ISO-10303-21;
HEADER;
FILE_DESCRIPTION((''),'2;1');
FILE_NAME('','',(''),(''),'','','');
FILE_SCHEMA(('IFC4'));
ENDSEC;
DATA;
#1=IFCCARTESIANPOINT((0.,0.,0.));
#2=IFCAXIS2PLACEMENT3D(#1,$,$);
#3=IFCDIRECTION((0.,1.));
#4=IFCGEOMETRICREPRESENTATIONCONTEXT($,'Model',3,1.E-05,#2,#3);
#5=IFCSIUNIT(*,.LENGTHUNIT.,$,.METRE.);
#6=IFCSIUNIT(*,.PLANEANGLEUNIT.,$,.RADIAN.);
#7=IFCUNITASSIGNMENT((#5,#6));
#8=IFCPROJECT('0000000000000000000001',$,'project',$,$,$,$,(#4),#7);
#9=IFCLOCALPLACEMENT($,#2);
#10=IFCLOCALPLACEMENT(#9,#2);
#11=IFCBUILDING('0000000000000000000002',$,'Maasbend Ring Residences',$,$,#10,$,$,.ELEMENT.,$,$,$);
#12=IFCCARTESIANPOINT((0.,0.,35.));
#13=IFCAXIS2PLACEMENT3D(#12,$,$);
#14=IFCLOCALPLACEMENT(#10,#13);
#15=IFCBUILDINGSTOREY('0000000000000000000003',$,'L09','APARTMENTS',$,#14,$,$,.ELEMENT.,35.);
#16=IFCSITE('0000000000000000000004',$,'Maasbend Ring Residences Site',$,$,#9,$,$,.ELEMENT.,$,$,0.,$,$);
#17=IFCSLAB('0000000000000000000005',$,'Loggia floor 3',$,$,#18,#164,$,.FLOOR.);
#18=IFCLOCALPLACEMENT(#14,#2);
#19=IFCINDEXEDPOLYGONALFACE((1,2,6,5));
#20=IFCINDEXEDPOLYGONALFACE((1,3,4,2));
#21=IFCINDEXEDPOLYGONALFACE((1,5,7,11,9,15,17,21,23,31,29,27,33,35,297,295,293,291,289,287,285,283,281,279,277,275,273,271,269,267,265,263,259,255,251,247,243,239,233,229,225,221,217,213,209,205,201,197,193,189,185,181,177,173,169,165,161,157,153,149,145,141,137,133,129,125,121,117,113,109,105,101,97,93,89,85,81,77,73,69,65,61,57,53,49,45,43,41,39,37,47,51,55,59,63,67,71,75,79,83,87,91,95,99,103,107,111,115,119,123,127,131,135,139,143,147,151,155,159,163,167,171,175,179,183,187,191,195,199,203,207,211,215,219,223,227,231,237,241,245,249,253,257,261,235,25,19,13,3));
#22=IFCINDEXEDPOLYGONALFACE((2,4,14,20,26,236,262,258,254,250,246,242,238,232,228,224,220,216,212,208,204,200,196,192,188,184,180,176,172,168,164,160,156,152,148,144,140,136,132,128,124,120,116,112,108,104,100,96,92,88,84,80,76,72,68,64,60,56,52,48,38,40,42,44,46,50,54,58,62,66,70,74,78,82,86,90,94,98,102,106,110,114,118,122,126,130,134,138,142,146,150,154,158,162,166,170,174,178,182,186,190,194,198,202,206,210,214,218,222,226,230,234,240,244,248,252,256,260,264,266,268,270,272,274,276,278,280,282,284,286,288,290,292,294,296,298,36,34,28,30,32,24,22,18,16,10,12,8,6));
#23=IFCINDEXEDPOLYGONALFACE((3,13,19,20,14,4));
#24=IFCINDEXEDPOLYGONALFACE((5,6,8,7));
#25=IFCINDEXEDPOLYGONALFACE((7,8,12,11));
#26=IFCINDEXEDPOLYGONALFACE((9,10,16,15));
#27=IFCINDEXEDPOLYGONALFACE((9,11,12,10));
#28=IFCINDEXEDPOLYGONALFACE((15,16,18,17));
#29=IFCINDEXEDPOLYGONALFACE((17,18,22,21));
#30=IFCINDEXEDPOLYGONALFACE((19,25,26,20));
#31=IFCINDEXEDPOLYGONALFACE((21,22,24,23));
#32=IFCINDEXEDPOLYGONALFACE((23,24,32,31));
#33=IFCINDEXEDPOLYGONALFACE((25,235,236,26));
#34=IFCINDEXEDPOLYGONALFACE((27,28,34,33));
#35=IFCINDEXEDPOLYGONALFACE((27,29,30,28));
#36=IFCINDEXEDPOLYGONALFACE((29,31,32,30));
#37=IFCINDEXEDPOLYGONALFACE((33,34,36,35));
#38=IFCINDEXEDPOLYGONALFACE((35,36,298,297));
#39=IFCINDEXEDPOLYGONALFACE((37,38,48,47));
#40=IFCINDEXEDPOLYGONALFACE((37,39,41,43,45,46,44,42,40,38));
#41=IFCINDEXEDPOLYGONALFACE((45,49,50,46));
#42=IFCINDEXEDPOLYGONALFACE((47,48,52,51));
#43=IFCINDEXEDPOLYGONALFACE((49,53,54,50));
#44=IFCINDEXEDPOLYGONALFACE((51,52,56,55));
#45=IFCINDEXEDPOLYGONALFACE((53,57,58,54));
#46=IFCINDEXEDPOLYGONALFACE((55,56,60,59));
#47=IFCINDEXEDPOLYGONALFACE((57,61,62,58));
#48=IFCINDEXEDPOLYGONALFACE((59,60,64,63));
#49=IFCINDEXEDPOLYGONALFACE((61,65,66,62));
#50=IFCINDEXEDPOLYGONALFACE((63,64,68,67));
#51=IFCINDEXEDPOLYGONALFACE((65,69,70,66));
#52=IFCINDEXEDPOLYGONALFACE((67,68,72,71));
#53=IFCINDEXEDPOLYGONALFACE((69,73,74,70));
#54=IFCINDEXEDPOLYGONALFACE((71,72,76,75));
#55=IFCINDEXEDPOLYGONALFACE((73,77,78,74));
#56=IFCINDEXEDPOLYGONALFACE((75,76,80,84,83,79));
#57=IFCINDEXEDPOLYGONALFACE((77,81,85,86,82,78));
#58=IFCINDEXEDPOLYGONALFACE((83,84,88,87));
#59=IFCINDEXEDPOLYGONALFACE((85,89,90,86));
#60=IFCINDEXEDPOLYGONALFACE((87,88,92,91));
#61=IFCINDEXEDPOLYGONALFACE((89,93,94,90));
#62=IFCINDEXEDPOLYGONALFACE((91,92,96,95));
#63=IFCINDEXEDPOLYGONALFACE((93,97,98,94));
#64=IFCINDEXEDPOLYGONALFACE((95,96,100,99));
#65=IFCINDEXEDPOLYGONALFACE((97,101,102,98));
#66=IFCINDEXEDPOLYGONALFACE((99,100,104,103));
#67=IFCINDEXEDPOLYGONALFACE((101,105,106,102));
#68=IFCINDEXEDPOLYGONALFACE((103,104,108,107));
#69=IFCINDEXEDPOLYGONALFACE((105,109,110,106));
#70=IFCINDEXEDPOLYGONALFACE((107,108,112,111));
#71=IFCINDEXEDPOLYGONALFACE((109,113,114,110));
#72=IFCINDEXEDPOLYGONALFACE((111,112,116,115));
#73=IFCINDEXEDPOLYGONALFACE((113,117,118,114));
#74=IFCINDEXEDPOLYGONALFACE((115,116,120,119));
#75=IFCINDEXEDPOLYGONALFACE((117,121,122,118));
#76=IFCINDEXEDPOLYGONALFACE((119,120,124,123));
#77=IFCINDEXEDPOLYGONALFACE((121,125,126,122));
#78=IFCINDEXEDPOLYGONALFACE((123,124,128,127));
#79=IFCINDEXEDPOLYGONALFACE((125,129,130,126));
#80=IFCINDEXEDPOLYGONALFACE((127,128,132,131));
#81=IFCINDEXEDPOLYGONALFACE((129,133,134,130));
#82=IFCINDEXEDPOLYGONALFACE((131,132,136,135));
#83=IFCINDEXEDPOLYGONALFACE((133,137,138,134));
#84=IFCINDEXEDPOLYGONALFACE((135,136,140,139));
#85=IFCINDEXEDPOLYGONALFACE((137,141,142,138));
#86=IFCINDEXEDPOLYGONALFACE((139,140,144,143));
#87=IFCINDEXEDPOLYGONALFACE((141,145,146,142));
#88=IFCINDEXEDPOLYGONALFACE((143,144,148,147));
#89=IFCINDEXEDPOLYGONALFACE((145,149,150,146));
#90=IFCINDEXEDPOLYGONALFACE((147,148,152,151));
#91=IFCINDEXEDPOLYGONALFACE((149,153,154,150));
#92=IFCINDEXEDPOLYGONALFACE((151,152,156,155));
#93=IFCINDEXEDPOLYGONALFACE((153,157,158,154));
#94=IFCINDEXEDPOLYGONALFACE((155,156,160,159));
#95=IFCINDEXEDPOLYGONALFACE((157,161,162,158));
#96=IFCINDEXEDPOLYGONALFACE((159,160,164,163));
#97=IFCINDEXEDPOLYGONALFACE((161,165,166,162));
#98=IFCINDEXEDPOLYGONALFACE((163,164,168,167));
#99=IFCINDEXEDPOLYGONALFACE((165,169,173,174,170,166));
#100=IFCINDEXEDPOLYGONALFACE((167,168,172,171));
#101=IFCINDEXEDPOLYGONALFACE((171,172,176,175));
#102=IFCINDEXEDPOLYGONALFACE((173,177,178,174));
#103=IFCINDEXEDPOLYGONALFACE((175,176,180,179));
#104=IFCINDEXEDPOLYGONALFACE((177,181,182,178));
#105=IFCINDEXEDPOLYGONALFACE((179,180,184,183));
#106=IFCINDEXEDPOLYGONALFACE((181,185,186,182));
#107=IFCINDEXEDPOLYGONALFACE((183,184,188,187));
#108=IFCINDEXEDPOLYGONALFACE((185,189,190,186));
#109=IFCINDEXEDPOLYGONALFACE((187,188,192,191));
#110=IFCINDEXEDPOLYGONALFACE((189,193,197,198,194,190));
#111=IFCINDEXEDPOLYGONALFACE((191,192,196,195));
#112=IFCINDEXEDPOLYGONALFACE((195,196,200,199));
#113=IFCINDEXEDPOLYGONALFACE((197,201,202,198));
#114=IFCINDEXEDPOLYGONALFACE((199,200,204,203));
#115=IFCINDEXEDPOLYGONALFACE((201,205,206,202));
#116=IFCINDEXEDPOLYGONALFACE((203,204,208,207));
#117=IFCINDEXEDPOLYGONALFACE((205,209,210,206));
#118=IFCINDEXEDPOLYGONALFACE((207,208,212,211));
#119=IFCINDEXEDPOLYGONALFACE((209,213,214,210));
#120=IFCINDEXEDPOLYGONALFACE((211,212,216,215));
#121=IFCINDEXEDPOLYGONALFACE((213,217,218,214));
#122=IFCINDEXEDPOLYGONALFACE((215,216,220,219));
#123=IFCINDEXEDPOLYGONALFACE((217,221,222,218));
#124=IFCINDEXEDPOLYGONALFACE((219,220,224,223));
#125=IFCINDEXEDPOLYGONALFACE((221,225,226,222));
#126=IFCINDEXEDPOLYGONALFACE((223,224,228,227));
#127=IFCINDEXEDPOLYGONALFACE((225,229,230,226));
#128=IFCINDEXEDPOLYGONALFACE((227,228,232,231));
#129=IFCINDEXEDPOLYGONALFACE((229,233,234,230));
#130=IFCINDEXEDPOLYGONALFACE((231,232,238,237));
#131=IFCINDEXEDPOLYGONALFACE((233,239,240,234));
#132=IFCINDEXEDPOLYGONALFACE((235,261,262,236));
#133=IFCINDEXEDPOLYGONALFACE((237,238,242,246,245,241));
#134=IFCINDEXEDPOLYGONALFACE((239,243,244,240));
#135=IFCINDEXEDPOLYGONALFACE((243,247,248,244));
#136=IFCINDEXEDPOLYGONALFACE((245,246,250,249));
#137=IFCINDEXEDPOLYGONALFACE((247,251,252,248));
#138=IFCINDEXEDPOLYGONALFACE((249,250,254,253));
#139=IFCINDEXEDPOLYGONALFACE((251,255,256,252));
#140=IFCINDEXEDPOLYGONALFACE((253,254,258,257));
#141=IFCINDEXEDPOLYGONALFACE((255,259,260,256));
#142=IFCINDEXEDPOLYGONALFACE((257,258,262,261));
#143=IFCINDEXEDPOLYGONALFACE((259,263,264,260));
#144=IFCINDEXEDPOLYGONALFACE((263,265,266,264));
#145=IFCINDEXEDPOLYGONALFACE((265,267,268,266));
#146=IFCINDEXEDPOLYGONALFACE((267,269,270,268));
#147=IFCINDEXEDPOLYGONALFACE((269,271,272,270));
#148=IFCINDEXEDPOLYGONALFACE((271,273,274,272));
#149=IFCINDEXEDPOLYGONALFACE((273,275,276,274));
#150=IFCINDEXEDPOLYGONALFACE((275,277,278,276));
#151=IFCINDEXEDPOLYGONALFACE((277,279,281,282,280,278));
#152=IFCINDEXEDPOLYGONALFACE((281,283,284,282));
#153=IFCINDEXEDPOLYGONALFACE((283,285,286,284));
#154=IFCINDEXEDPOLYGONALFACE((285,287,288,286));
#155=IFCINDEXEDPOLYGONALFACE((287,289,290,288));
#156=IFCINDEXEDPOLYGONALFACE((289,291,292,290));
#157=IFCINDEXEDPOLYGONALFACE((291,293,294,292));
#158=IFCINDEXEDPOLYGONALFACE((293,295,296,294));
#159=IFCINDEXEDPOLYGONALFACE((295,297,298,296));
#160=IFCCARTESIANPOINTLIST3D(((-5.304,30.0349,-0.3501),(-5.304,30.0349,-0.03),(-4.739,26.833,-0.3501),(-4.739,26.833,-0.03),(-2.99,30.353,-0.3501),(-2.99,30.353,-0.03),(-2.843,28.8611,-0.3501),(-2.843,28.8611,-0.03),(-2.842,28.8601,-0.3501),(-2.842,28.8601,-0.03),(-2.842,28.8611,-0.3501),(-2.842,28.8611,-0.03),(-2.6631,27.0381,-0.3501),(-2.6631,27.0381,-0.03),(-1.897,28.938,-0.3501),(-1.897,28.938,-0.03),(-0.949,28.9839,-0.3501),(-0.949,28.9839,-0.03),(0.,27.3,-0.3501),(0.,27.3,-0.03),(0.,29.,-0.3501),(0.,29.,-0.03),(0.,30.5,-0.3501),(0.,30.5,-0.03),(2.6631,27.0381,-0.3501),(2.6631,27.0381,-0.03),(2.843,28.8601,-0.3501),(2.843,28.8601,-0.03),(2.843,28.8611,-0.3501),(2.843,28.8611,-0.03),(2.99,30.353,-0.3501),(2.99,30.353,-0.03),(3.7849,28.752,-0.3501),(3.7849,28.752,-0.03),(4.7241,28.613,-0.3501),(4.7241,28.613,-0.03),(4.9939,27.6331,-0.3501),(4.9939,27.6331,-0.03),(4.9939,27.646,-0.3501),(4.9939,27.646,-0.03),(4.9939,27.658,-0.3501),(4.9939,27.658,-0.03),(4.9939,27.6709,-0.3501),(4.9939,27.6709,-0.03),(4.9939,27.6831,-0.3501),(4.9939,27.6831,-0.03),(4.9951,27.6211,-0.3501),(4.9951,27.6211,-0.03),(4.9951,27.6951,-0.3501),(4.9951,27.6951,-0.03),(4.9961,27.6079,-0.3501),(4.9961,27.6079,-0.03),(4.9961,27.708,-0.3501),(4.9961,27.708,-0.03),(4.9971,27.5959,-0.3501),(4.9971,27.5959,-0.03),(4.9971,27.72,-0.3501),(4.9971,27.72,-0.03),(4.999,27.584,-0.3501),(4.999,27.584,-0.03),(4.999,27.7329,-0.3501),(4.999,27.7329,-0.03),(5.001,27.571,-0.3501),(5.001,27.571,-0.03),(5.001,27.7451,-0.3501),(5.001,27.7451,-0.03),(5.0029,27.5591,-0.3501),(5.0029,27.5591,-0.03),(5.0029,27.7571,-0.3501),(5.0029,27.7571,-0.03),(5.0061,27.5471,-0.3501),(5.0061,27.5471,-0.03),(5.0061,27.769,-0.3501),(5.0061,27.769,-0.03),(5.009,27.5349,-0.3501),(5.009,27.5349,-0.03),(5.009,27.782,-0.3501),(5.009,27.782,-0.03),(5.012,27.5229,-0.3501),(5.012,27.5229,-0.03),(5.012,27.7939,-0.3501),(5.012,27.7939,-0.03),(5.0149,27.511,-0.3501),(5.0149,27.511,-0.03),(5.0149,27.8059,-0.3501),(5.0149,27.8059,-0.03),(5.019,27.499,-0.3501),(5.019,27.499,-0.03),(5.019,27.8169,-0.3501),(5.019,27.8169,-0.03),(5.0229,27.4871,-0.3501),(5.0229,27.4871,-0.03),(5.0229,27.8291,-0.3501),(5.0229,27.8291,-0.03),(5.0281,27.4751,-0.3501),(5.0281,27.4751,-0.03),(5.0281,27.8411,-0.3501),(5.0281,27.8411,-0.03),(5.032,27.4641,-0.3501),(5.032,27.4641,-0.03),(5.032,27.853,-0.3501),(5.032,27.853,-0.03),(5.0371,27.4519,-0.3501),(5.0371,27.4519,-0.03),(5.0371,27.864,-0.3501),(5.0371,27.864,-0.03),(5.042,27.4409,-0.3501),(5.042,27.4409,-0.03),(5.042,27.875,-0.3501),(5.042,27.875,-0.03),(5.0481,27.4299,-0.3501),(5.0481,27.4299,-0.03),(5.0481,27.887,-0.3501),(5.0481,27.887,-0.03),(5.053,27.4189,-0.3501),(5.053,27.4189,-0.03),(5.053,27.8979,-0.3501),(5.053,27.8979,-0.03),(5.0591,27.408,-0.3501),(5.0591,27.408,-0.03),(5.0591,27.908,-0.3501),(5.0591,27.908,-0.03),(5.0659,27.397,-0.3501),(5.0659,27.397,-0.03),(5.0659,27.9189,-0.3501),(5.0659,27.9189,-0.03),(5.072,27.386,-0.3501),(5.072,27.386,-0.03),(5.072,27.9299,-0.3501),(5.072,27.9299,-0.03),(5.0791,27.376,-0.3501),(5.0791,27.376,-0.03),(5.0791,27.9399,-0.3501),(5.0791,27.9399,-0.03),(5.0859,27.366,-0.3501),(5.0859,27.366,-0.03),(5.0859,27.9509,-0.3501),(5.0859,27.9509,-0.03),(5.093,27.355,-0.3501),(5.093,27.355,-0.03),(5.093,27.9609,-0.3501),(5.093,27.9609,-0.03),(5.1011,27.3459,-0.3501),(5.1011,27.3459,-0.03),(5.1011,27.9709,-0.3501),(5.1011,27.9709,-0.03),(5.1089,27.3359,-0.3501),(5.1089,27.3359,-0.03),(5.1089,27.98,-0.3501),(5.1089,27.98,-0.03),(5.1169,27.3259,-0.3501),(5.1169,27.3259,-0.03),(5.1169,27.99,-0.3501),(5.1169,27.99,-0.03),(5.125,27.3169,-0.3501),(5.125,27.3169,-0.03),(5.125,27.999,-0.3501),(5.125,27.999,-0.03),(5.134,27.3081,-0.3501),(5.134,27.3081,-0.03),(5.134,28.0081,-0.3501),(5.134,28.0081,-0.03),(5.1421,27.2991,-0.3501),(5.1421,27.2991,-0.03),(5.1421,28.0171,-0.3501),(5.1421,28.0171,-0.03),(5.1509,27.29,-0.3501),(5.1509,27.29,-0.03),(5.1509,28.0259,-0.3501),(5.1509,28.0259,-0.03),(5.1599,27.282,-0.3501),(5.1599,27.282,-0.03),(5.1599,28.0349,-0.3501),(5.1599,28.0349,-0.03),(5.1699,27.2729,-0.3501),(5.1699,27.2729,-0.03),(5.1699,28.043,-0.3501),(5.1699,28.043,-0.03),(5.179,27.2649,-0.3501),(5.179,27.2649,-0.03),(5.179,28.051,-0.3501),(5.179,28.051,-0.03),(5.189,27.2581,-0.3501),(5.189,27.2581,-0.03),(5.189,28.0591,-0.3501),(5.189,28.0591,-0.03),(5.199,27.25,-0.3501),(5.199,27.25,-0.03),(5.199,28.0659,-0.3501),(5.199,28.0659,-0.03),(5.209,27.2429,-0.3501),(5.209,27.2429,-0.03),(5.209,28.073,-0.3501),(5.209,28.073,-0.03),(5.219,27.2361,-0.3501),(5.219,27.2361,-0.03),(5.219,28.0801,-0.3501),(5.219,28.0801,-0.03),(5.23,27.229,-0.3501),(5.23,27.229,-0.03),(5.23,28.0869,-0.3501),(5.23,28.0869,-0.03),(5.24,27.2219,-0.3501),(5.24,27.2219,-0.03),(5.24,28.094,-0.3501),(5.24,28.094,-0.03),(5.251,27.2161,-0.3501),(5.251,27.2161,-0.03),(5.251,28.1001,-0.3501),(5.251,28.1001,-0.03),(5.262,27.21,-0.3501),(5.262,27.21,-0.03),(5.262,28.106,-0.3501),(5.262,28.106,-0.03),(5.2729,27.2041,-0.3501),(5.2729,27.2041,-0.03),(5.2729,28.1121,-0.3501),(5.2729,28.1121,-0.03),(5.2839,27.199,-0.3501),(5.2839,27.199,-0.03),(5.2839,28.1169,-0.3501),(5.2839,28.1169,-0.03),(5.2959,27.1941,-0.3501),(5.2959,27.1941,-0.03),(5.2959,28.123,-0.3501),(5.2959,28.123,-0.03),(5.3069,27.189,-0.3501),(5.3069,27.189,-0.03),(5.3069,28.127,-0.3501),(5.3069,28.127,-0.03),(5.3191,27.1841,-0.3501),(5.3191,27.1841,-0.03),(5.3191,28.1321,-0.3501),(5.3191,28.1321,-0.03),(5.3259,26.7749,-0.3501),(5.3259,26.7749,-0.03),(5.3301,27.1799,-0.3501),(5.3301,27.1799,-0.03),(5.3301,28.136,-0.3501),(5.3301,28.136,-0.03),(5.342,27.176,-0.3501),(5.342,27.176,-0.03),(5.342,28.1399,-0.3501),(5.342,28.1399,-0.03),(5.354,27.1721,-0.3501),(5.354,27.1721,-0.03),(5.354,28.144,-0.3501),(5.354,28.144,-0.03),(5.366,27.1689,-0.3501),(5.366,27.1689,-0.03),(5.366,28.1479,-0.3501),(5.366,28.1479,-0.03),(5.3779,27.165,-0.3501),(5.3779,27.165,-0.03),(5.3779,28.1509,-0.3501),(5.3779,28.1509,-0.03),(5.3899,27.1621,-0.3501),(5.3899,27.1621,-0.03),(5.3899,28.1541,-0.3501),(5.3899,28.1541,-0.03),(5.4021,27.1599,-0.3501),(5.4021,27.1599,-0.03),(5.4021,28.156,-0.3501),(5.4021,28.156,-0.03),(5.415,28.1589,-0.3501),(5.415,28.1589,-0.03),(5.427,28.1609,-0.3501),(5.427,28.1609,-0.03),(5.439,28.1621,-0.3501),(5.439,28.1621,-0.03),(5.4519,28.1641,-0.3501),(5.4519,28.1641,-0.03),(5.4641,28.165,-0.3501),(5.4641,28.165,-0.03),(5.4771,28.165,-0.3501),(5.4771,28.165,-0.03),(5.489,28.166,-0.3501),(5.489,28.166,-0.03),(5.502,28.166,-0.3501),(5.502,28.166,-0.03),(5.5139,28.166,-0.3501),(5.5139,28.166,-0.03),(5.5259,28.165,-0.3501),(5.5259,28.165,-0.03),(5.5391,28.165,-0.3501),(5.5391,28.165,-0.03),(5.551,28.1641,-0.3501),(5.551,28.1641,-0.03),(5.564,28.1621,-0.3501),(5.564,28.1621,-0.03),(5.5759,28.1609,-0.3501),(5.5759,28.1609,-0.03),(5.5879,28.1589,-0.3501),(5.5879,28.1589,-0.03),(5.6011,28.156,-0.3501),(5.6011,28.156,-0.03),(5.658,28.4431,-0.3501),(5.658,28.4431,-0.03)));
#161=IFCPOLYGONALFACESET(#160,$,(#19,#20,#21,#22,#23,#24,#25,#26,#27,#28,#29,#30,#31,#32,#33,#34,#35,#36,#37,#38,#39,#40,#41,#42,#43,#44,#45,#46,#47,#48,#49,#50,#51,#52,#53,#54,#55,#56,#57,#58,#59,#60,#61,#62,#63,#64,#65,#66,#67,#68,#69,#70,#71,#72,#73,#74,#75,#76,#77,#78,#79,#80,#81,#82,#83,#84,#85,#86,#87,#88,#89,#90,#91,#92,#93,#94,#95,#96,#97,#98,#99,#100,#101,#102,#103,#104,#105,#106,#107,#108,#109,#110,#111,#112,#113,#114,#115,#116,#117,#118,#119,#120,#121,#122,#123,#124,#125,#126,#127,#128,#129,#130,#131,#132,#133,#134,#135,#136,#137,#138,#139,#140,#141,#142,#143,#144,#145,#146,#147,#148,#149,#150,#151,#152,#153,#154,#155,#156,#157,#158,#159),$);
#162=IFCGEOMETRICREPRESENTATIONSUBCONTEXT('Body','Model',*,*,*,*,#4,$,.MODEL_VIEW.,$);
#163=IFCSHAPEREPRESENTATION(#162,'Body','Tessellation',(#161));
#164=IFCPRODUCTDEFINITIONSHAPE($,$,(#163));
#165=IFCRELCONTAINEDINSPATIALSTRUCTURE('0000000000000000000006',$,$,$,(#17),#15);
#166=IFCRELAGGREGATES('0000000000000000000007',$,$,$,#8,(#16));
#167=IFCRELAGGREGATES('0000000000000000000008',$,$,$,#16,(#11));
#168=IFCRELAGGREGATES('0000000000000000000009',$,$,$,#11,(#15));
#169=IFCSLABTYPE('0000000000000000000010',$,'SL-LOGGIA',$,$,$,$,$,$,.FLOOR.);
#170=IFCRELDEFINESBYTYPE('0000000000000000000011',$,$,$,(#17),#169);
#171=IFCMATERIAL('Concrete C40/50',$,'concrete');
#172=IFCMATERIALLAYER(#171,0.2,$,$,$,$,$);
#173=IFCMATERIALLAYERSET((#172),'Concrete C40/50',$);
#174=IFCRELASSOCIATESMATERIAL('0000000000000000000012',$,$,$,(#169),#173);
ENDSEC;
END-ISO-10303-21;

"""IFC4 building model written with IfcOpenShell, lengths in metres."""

from ifc_helpers import new_model, si_unit, direction, frame, origin, place, context, subcontext, project, spatial, polyline, outline, extrude, material, layer, layer_set, type_object, element, save


model = new_model("IFC4")

# Units and contexts
model_context = context("Model", 3, precision=1e-05, world=origin(), true_north=direction((0.0, 1.0)))
body_context = subcontext(model_context, "Body", "Model", "MODEL_VIEW")
ifc_project = project(units=[si_unit("LENGTHUNIT", "METRE"), si_unit("PLANEANGLEUNIT", "RADIAN")], contexts=[model_context])

# Site, building, storey
site_placement = place(None, origin())
site = spatial("IfcSite", under=ifc_project, at=site_placement, Name="Maasbend Ring Residences Site", CompositionType="ELEMENT", RefElevation=0.0)
building_placement = place(site_placement, origin())
building = spatial("IfcBuilding", under=site, at=building_placement, Name="Maasbend Ring Residences", CompositionType="ELEMENT")
storey_placement = place(building_placement, frame((0.0, 0.0, 35.0)))
storey = spatial("IfcBuildingStorey", under=building, at=storey_placement, Name="L09", Description="APARTMENTS", CompositionType="ELEMENT", Elevation=35.0)

# Slab
ifc_material_1 = material(Name="Concrete C40/50", Category="concrete")
ifc_layer_1 = layer(ifc_material_1, 0.2)
ifc_layer_set_1 = layer_set([ifc_layer_1], Name="Concrete C40/50")
slab_type_1 = type_object("IfcSlabType", Name="SL-LOGGIA", PredefinedType="FLOOR", material=ifc_layer_set_1)
slab_1_placement = place(storey_placement, frame((0.0, 0.0, -0.3501)))
element("IfcSlab", 1, at=slab_1_placement, inside=storey, type_object=slab_type_1, Name="Loggia floor 3", PredefinedType="FLOOR", context=body_context, shape_type="SweptSolid", body=[
    extrude(outline(polyline([(-2.843, 28.8611), (-2.843, 28.8611), (-2.843, 28.8611), (-2.843, 28.8611), (-2.842, 28.8611), (-2.842, 28.8611), (-2.842, 28.8611), (-2.842, 28.8611), (-2.842, 28.8611), (-2.842, 28.8601), (-2.842, 28.8601), (-2.842, 28.8601), (-2.842, 28.8601), (-2.842, 28.8601), (-2.842, 28.8601), (-2.842, 28.8601), (-2.842, 28.8601), (-1.897, 28.938), (-1.897, 28.938), (-0.949, 28.9839), (-0.949, 28.9839), (0.0, 29.0), (0.0, 29.0), (0.0, 29.0), (0.0, 29.0), (0.0, 29.0), (0.0, 29.0), (0.0, 29.0), (0.0, 29.0), (0.0, 29.0), (0.0, 29.0), (0.0, 29.0), (0.0, 29.0), (0.0, 29.0), (0.0, 29.0), (0.0, 29.0), (0.0, 29.0), (0.0, 29.0), (0.0, 30.5), (0.0, 30.5), (0.0, 30.5), (2.99, 30.353), (2.99, 30.353), (2.99, 30.353), (2.843, 28.8611), (2.843, 28.8611), (2.843, 28.8611), (2.843, 28.8611), (2.843, 28.8611), (2.843, 28.8611), (2.843, 28.8611), (2.843, 28.8611), (2.843, 28.8601), (2.843, 28.8601), (2.843, 28.8601), (2.843, 28.8601), (2.843, 28.8601), (2.843, 28.8601), (2.843, 28.8601), (2.843, 28.8601), (2.843, 28.8601), (3.7849, 28.752), (3.7849, 28.752), (4.7241, 28.613), (4.7241, 28.613), (5.658, 28.4431), (5.658, 28.4431), (5.658, 28.4431), (5.6011, 28.156), (5.6011, 28.156), (5.5879, 28.1589), (5.5759, 28.1609), (5.564, 28.1621), (5.551, 28.1641), (5.5391, 28.165), (5.5259, 28.165), (5.5139, 28.166), (5.502, 28.166), (5.489, 28.166), (5.4771, 28.165), (5.4641, 28.165), (5.4519, 28.1641), (5.439, 28.1621), (5.427, 28.1609), (5.415, 28.1589), (5.4021, 28.156), (5.3899, 28.1541), (5.3779, 28.1509), (5.366, 28.1479), (5.354, 28.144), (5.342, 28.1399), (5.3301, 28.136), (5.3191, 28.1321), (5.3069, 28.127), (5.2959, 28.123), (5.2839, 28.1169), (5.2729, 28.1121), (5.262, 28.106), (5.251, 28.1001), (5.24, 28.094), (5.23, 28.0869), (5.219, 28.0801), (5.209, 28.073), (5.199, 28.0659), (5.189, 28.0591), (5.179, 28.051), (5.1699, 28.043), (5.1599, 28.0349), (5.1509, 28.0259), (5.1421, 28.0171), (5.134, 28.0081), (5.125, 27.999), (5.1169, 27.99), (5.1089, 27.98), (5.1011, 27.9709), (5.093, 27.9609), (5.0859, 27.9509), (5.0791, 27.9399), (5.072, 27.9299), (5.0659, 27.9189), (5.0591, 27.908), (5.053, 27.8979), (5.0481, 27.887), (5.042, 27.875), (5.0371, 27.864), (5.032, 27.853), (5.0281, 27.8411), (5.0229, 27.8291), (5.019, 27.8169), (5.0149, 27.8059), (5.012, 27.7939), (5.009, 27.782), (5.0061, 27.769), (5.0029, 27.7571), (5.001, 27.7451), (4.999, 27.7329), (4.9971, 27.72), (4.9961, 27.708), (4.9951, 27.6951), (4.9939, 27.6831), (4.9939, 27.6709), (4.9939, 27.658), (4.9939, 27.646), (4.9939, 27.6331), (4.9951, 27.6211), (4.9961, 27.6079), (4.9971, 27.5959), (4.999, 27.584), (5.001, 27.571), (5.0029, 27.5591), (5.0061, 27.5471), (5.009, 27.5349), (5.012, 27.5229), (5.0149, 27.511), (5.019, 27.499), (5.0229, 27.4871), (5.0281, 27.4751), (5.032, 27.4641), (5.0371, 27.4519), (5.042, 27.4409), (5.0481, 27.4299), (5.053, 27.4189), (5.0591, 27.408), (5.0659, 27.397), (5.072, 27.386), (5.0791, 27.376), (5.0859, 27.366), (5.093, 27.355), (5.1011, 27.3459), (5.1089, 27.3359), (5.1169, 27.3259), (5.125, 27.3169), (5.134, 27.3081), (5.1421, 27.2991), (5.1509, 27.29), (5.1599, 27.282), (5.1699, 27.2729), (5.179, 27.2649), (5.189, 27.2581), (5.199, 27.25), (5.209, 27.2429), (5.219, 27.2361), (5.23, 27.229), (5.24, 27.2219), (5.251, 27.2161), (5.262, 27.21), (5.2729, 27.2041), (5.2839, 27.199), (5.2959, 27.1941), (5.3069, 27.189), (5.3191, 27.1841), (5.3301, 27.1799), (5.342, 27.176), (5.354, 27.1721), (5.366, 27.1689), (5.3779, 27.165), (5.3899, 27.1621), (5.4021, 27.1599), (5.4021, 27.1599), (5.3259, 26.7749), (5.3259, 26.7749), (5.3259, 26.7749), (2.6631, 27.0381), (0.0, 27.3), (0.0, 27.3), (0.0, 27.3), (-2.6631, 27.0381), (-4.739, 26.833), (-4.739, 26.833), (-4.739, 26.833), (-5.304, 30.0349), (-5.304, 30.0349), (-5.304, 30.0349), (-2.99, 30.353), (-2.99, 30.353), (-2.99, 30.353), (-2.843, 28.8611)])), origin(), (0.0, 0.0, 1.0), 0.3201),
])

save(model, "model.ifc")
